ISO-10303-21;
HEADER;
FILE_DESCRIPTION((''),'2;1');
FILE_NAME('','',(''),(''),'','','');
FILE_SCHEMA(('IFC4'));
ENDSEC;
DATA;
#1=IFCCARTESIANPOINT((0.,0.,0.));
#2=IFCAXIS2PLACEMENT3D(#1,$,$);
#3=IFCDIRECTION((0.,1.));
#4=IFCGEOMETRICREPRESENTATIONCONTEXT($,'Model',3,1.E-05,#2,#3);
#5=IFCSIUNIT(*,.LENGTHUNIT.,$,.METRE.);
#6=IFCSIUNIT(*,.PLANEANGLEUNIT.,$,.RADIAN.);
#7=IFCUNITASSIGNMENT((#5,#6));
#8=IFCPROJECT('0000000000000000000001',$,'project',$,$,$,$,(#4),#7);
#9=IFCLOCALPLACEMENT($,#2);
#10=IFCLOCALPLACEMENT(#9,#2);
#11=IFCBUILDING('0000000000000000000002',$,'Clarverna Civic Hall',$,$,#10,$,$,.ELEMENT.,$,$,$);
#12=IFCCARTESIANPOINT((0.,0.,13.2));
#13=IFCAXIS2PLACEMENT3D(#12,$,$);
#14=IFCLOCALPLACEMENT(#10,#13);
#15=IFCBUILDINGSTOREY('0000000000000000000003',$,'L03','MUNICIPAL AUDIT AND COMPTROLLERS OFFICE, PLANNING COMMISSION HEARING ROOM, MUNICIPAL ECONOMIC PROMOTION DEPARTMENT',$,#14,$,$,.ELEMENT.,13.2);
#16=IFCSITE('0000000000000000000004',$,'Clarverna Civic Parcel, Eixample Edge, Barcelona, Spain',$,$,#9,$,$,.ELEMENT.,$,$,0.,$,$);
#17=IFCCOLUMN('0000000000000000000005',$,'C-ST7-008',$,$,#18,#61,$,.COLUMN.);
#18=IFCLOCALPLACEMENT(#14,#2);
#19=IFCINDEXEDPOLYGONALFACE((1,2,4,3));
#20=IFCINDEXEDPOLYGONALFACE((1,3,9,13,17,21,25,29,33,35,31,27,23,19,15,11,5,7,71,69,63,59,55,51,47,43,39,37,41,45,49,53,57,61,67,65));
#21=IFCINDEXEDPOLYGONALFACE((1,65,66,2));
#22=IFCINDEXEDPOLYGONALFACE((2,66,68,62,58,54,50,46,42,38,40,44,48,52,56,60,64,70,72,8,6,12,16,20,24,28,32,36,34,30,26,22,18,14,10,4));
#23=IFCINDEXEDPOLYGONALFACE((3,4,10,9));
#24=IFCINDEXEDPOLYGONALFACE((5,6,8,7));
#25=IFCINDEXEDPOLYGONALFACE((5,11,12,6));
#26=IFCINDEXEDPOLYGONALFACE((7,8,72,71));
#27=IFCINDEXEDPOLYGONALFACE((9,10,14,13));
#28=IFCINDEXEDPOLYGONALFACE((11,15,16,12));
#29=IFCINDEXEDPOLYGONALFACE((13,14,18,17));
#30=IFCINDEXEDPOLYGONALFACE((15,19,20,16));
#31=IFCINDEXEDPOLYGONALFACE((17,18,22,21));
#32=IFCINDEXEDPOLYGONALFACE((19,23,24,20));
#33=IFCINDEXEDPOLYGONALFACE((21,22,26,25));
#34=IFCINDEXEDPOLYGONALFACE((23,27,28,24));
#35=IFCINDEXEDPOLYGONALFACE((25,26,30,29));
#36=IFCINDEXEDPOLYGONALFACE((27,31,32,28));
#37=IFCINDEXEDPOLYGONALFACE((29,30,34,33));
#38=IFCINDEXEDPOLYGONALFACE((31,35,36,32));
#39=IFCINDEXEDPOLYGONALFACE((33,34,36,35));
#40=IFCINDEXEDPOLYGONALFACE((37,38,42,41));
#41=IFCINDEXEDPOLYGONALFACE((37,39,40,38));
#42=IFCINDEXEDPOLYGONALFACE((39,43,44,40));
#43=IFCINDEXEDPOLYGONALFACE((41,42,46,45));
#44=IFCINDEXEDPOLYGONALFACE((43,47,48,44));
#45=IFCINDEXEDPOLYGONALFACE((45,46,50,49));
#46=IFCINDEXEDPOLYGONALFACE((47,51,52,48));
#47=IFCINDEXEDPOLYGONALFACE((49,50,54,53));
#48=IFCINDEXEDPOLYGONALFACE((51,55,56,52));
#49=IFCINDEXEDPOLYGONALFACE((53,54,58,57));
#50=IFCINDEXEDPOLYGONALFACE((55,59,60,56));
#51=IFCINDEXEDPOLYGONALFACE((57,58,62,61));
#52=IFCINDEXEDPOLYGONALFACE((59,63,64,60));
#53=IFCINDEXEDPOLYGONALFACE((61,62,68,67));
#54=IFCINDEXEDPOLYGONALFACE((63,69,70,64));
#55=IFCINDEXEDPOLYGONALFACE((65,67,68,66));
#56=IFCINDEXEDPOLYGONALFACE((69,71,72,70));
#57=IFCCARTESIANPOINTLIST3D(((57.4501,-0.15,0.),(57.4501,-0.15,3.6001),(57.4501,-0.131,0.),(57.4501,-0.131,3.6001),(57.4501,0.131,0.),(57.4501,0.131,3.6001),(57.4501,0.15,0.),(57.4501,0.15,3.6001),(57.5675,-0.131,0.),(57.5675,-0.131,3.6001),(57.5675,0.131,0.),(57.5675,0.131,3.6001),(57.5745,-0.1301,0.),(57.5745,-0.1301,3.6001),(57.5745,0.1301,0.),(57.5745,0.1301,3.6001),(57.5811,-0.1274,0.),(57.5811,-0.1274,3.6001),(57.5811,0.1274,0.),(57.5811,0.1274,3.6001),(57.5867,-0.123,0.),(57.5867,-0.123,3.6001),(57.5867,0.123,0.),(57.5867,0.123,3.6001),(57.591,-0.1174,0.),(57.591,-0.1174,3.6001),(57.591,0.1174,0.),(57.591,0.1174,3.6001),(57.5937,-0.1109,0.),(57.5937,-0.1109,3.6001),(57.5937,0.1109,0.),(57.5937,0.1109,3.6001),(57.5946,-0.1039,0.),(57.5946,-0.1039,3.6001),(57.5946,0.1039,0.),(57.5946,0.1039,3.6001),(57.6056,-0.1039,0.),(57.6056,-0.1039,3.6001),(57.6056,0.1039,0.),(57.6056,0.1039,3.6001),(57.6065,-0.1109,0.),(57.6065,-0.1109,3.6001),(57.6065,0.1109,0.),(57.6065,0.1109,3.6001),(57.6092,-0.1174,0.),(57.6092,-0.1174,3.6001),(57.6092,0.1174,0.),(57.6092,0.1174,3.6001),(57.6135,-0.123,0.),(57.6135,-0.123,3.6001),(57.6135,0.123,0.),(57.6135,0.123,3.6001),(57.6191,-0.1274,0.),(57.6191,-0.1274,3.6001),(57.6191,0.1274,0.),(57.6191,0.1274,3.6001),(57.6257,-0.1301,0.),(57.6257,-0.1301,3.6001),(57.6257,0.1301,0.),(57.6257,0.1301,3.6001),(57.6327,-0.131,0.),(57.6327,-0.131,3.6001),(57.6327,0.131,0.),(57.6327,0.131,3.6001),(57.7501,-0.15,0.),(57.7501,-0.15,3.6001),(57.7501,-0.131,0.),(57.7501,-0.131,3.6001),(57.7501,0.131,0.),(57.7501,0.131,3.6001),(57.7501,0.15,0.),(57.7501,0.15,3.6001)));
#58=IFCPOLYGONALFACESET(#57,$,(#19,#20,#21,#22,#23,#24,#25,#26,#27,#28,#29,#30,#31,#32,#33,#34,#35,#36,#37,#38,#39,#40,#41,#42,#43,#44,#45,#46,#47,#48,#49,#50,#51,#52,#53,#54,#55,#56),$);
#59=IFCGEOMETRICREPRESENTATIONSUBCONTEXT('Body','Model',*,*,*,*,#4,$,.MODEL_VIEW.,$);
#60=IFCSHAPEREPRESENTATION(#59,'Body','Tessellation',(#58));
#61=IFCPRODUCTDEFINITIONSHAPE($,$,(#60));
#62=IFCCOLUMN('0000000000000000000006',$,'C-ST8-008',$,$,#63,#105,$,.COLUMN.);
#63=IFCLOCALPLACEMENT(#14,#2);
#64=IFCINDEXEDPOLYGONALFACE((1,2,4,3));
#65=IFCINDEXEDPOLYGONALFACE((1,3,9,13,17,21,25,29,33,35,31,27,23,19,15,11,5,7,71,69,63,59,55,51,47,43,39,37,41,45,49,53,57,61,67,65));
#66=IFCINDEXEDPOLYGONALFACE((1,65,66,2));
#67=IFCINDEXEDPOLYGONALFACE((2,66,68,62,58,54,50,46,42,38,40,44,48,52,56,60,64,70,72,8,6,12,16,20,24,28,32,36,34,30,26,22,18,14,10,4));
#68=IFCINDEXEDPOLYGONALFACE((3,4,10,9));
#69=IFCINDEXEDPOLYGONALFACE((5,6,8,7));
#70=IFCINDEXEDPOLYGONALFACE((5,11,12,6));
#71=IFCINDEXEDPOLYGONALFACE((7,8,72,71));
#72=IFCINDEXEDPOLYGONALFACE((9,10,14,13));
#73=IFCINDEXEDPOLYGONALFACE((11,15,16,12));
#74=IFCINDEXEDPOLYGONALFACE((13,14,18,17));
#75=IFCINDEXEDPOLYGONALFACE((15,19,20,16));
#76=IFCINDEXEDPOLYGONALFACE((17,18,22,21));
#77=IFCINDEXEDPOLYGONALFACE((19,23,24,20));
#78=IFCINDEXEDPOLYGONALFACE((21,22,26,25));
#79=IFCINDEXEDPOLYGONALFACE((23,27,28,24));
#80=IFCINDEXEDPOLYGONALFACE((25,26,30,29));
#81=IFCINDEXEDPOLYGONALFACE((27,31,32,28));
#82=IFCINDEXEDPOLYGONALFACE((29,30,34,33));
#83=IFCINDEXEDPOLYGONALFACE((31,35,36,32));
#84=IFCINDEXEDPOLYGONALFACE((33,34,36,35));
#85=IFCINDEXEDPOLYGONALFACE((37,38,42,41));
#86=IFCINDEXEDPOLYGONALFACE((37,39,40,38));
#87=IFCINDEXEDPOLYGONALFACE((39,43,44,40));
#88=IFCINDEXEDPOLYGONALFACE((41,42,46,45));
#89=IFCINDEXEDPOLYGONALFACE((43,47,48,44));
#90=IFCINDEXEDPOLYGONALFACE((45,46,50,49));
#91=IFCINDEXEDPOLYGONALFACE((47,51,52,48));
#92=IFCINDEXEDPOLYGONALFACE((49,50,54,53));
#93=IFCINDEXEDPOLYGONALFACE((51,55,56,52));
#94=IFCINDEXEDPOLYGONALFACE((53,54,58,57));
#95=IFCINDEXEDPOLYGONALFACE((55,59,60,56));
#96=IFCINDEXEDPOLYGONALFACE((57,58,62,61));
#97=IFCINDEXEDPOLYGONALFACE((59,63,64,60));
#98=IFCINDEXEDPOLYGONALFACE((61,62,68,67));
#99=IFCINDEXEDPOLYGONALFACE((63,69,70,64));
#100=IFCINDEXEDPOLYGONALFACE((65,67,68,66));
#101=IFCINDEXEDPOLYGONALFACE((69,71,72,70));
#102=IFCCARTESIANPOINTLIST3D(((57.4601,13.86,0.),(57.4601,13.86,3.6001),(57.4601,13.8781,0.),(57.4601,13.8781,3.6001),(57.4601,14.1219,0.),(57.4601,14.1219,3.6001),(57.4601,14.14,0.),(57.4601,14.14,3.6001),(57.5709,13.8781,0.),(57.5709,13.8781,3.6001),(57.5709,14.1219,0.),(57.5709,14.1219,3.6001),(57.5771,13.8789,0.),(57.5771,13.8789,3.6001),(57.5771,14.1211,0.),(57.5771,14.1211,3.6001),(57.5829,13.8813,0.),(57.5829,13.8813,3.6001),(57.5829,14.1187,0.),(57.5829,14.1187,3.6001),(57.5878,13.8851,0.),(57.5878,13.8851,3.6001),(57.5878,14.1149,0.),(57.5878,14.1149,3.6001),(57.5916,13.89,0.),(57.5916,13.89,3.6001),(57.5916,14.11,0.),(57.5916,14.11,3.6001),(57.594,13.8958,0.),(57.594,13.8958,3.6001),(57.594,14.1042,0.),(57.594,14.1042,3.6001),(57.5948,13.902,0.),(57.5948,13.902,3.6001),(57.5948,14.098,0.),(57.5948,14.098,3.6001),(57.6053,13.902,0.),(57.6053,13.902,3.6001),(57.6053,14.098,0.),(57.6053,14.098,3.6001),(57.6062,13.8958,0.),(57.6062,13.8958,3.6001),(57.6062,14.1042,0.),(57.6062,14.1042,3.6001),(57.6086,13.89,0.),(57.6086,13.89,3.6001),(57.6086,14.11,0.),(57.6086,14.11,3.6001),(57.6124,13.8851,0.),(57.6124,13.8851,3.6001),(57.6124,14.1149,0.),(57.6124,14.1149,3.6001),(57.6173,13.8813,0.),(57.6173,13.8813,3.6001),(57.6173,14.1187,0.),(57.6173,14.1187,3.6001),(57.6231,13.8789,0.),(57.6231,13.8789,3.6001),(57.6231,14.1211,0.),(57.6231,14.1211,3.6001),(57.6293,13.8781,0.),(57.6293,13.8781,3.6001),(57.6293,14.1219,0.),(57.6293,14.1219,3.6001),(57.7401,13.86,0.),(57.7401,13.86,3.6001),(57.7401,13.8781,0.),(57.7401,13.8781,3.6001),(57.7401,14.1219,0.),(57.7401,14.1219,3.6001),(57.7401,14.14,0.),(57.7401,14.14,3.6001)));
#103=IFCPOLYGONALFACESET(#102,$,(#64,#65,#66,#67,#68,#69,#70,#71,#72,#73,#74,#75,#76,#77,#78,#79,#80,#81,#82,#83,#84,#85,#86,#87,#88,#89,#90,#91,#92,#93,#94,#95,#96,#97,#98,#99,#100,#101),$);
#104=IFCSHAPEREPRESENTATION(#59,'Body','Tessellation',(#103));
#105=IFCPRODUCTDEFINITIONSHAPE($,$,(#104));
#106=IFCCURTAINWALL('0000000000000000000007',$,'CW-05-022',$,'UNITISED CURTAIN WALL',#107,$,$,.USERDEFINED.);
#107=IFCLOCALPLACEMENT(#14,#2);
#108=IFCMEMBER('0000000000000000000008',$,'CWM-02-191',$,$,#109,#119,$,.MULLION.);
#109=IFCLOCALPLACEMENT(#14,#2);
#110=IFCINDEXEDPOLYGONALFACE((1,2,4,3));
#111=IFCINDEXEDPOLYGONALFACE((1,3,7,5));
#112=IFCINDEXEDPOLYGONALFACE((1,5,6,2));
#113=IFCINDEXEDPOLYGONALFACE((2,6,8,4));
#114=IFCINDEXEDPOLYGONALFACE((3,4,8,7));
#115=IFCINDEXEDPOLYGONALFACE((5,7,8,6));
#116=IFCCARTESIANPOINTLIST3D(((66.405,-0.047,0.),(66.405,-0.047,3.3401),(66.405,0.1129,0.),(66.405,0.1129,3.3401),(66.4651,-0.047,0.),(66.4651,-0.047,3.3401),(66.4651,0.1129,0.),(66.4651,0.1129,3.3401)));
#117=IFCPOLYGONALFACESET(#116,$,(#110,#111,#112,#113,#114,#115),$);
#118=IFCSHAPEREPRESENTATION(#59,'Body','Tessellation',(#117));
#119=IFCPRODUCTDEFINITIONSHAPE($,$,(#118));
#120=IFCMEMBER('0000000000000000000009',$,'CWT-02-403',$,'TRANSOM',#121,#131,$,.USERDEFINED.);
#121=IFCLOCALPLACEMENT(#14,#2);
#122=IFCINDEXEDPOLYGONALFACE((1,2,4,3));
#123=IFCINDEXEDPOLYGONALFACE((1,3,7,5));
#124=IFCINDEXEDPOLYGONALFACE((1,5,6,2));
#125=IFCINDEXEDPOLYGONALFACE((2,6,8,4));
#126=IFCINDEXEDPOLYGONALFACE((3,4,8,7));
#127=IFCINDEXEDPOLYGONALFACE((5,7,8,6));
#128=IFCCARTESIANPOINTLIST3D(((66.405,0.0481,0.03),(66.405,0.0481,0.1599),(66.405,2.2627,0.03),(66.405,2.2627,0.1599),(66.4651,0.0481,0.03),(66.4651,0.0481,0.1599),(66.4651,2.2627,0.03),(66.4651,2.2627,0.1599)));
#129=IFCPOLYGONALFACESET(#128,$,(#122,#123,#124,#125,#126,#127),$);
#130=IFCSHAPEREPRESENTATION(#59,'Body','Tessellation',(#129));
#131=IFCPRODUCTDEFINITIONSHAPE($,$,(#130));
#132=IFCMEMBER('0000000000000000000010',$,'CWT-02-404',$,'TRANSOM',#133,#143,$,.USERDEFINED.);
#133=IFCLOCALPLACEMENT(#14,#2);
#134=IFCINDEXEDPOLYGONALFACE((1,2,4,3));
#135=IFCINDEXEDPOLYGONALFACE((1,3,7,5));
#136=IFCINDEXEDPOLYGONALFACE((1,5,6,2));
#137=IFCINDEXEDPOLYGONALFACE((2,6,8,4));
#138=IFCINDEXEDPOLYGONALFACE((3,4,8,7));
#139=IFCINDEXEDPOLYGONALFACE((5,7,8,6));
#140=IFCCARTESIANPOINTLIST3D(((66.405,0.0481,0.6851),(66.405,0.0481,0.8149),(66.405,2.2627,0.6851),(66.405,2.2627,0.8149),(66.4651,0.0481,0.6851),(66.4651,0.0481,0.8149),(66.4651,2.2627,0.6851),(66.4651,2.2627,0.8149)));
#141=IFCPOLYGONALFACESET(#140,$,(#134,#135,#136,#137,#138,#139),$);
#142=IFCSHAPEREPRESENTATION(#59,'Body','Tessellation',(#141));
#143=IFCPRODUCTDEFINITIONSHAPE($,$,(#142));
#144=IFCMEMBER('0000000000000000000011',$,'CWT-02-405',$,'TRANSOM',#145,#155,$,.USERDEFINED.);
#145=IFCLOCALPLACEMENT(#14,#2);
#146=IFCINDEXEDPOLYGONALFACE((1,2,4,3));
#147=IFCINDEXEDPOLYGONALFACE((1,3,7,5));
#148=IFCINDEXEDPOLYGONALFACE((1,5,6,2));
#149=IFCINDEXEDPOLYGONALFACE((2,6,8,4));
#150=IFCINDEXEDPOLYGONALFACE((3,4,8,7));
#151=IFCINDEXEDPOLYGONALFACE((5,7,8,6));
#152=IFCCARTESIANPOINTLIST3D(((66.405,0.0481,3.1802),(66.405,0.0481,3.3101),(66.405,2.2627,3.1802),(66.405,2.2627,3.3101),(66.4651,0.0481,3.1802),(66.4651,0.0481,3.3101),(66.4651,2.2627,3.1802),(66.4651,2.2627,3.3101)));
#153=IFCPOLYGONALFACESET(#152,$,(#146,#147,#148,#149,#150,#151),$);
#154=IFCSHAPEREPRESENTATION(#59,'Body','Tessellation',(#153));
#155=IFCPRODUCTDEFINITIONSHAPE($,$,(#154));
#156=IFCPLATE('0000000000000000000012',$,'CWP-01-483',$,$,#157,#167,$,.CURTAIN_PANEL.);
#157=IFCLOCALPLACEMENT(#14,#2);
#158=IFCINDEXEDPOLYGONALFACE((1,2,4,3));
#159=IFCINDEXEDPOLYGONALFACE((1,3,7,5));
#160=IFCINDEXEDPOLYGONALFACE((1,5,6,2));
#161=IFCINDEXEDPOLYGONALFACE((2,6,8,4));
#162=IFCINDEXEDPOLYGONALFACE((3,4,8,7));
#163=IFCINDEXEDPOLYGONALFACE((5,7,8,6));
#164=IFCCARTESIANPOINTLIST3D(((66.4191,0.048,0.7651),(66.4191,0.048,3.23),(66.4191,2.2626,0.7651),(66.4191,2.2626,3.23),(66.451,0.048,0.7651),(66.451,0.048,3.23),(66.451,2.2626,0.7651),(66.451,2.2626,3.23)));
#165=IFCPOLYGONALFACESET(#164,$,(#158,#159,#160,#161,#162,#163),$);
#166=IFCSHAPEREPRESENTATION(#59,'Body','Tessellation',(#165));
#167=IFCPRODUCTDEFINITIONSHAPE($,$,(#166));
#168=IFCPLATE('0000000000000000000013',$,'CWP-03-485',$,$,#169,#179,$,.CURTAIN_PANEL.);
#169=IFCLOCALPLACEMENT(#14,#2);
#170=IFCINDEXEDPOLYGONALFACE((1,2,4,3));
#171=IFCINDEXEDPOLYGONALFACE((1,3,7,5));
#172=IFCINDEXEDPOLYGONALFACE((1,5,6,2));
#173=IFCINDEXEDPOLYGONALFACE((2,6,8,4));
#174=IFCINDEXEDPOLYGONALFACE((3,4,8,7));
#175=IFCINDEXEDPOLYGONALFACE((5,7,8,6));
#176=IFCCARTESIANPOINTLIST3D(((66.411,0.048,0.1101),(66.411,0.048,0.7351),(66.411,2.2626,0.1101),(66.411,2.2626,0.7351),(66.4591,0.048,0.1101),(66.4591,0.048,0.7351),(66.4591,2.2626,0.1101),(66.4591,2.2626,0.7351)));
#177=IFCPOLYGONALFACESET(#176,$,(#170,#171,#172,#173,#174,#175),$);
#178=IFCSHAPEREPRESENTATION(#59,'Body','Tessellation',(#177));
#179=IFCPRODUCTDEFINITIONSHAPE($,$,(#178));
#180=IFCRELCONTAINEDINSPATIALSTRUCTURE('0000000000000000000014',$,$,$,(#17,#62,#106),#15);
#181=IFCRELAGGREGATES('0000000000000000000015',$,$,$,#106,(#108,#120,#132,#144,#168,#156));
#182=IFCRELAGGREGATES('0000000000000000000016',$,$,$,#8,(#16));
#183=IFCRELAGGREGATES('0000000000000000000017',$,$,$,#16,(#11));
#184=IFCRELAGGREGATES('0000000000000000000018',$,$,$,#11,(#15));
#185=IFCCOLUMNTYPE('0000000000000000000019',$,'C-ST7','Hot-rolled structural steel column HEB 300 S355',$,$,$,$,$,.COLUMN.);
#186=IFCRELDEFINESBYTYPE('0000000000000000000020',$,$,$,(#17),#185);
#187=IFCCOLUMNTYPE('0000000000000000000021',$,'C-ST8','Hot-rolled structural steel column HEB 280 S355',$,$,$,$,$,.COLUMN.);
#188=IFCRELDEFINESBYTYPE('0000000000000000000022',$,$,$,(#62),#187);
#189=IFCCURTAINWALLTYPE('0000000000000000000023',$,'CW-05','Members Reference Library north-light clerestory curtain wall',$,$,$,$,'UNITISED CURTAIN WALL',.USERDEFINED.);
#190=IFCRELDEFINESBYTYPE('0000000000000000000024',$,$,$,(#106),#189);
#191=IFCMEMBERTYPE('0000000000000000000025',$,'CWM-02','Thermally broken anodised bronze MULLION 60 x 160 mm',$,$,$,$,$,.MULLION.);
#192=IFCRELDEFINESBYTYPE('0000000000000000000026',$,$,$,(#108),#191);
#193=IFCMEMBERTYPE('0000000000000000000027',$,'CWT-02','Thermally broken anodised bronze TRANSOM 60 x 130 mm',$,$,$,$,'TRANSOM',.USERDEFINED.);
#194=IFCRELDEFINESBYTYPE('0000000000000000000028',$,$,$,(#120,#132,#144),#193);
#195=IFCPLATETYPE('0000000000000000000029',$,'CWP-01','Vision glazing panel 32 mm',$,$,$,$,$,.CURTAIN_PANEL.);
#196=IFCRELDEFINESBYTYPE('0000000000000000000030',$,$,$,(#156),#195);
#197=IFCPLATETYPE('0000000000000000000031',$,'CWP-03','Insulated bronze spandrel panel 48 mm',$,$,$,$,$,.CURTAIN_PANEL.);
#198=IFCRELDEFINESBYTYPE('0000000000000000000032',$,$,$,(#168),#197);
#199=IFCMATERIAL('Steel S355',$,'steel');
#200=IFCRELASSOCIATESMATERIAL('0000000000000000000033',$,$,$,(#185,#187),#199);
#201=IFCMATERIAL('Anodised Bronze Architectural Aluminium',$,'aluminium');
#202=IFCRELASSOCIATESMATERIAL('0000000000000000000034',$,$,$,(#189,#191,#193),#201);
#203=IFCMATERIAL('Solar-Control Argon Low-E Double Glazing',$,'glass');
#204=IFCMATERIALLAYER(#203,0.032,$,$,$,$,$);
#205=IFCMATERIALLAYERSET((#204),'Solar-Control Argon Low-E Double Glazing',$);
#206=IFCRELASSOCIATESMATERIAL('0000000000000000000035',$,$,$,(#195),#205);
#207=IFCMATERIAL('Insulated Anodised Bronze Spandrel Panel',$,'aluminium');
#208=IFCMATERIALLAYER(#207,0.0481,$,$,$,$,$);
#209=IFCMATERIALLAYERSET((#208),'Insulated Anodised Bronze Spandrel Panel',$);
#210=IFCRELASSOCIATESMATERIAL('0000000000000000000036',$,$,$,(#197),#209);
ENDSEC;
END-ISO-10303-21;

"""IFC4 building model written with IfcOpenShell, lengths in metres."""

from ifc_helpers import new_model, si_unit, direction, frame, frame_2d, origin, origin_2d, place, context, subcontext, project, spatial, rectangle, i_section, extrude, material, layer, layer_set, material_profile, profile_set, type_object, element, aggregate, save


model = new_model("IFC4")

# Units and contexts
model_context = context("Model", 3, precision=1e-05, world=origin(), true_north=direction((0.0, 1.0)))
body_context = subcontext(model_context, "Body", "Model", "MODEL_VIEW")
ifc_project = project(units=[si_unit("LENGTHUNIT", "METRE"), si_unit("PLANEANGLEUNIT", "RADIAN")], contexts=[model_context])

# Site, building, storey
site_placement = place(None, origin())
site = spatial("IfcSite", under=ifc_project, at=site_placement, Name="Clarverna Civic Parcel, Eixample Edge, Barcelona, Spain", CompositionType="ELEMENT", RefElevation=0.0)
building_placement = place(site_placement, origin())
building = spatial("IfcBuilding", under=site, at=building_placement, Name="Clarverna Civic Hall", CompositionType="ELEMENT")
storey_placement = place(building_placement, frame((0.0, 0.0, 13.2)))
storey = spatial("IfcBuildingStorey", under=building, at=storey_placement, Name="L03", Description="MUNICIPAL AUDIT AND COMPTROLLERS OFFICE, PLANNING COMMISSION HEARING ROOM, MUNICIPAL ECONOMIC PROMOTION DEPARTMENT", CompositionType="ELEMENT", Elevation=13.2)

# Columns
ifc_material_1 = material(Name="Steel S355", Category="steel")
ifc_material_profile_1 = material_profile(ifc_material_1, i_section(OverallWidth=0.3, OverallDepth=0.3, WebThickness=0.011, FlangeThickness=0.019, FilletRadius=0.0271, at=origin_2d()), Name="HEB 300")
ifc_profile_set_1 = profile_set([ifc_material_profile_1], Name="Steel S355")
column_type_1 = type_object("IfcColumnType", Name="C-ST7", Description="Hot-rolled structural steel column HEB 300 S355", PredefinedType="COLUMN", material=ifc_profile_set_1)
column_1_placement = place(storey_placement, frame((57.6001, 0.0, 0.0), z_axis=(0.0, 0.0, 1.0), x_axis=(1.0, 0.0, 0.0)))
element("IfcColumn", 1, at=column_1_placement, inside=storey, type_object=column_type_1, Name="C-ST7-008", PredefinedType="COLUMN", context=body_context, shape_type="SweptSolid", body=[
    extrude(i_section(OverallWidth=0.3, OverallDepth=0.3, WebThickness=0.011, FlangeThickness=0.019, FilletRadius=0.0271, at=origin_2d()), origin(), (0.0, 0.0, 1.0), 3.6001),
])
ifc_material_profile_2 = material_profile(ifc_material_1, i_section(OverallWidth=0.28, OverallDepth=0.28, WebThickness=0.0105, FlangeThickness=0.0181, FilletRadius=0.0239, at=origin_2d()), Name="HEB 280")
ifc_profile_set_2 = profile_set([ifc_material_profile_2], Name="Steel S355")
column_type_2 = type_object("IfcColumnType", Name="C-ST8", Description="Hot-rolled structural steel column HEB 280 S355", PredefinedType="COLUMN", material=ifc_profile_set_2)
column_2_placement = place(storey_placement, frame((57.6001, 14.0, 0.0), z_axis=(0.0, 0.0, 1.0), x_axis=(1.0, 0.0, 0.0)))
element("IfcColumn", 2, at=column_2_placement, inside=storey, type_object=column_type_2, Name="C-ST8-008", PredefinedType="COLUMN", context=body_context, shape_type="SweptSolid", body=[
    extrude(i_section(OverallWidth=0.28, OverallDepth=0.28, WebThickness=0.0105, FlangeThickness=0.0181, FilletRadius=0.0239, at=origin_2d()), origin(), (0.0, 0.0, 1.0), 3.6001),
])

# Curtain wall, members, plates
ifc_material_2 = material(Name="Anodised Bronze Architectural Aluminium", Category="aluminium")
curtain_wall_type = type_object("IfcCurtainWallType", Name="CW-05", Description="Members Reference Library north-light clerestory curtain wall", ElementType="UNITISED CURTAIN WALL", PredefinedType="USERDEFINED", material=ifc_material_2)
curtain_wall_placement = place(storey_placement, origin())
curtain_wall = element("IfcCurtainWall", 3, at=curtain_wall_placement, inside=storey, type_object=curtain_wall_type, Name="CW-05-022", ObjectType="UNITISED CURTAIN WALL", PredefinedType="USERDEFINED")
ifc_material_profile_3 = material_profile(ifc_material_2, rectangle(XDim=0.0601, YDim=0.1599, at=origin_2d()), Name="BRONZE 60x160")
ifc_profile_set_3 = profile_set([ifc_material_profile_3], Name="Anodised Bronze Architectural Aluminium")
member_type_1 = type_object("IfcMemberType", Name="CWM-02", Description="Thermally broken anodised bronze MULLION 60 x 160 mm", PredefinedType="MULLION", material=ifc_profile_set_3)
member_1_placement = place(storey_placement, frame((66.4351, 0.033, 0.0), z_axis=(0.0, 0.0, 1.0), x_axis=(1.0, 0.0, 0.0)))
member_1 = element("IfcMember", 4, at=member_1_placement, type_object=member_type_1, Name="CWM-02-191", PredefinedType="MULLION", context=body_context, shape_type="SweptSolid", body=[
    extrude(rectangle(XDim=0.0601, YDim=0.1599, at=origin_2d()), origin(), (0.0, 0.0, 1.0), 3.3401),
])
ifc_material_profile_4 = material_profile(ifc_material_2, rectangle(XDim=0.0601, YDim=0.1299, at=origin_2d()), Name="BRONZE 60x130")
ifc_profile_set_4 = profile_set([ifc_material_profile_4], Name="Anodised Bronze Architectural Aluminium")
member_type_2 = type_object("IfcMemberType", Name="CWT-02", Description="Thermally broken anodised bronze TRANSOM 60 x 130 mm", ElementType="TRANSOM", PredefinedType="USERDEFINED", material=ifc_profile_set_4)
member_2_placement = place(storey_placement, frame((66.4351, 2.2627, 0.095), z_axis=(0.0, -1.0, 0.0), x_axis=(1.0, 0.0, 0.0)))
member_2 = element("IfcMember", 5, at=member_2_placement, type_object=member_type_2, Name="CWT-02-403", ObjectType="TRANSOM", PredefinedType="USERDEFINED", context=body_context, shape_type="SweptSolid", body=[
    extrude(rectangle(XDim=0.0601, YDim=0.1299, at=origin_2d()), origin(), (0.0, 0.0, 1.0), 2.2146),
])
member_3_placement = place(storey_placement, frame((66.4351, 2.2627, 0.75), z_axis=(0.0, -1.0, 0.0), x_axis=(1.0, 0.0, 0.0)))
member_3 = element("IfcMember", 6, at=member_3_placement, type_object=member_type_2, Name="CWT-02-404", ObjectType="TRANSOM", PredefinedType="USERDEFINED", context=body_context, shape_type="SweptSolid", body=[
    extrude(rectangle(XDim=0.0601, YDim=0.1299, at=origin_2d()), origin(), (0.0, 0.0, 1.0), 2.2146),
])
member_4_placement = place(storey_placement, frame((66.4351, 2.2627, 3.2451), z_axis=(0.0, -1.0, 0.0), x_axis=(1.0, 0.0, 0.0)))
member_4 = element("IfcMember", 7, at=member_4_placement, type_object=member_type_2, Name="CWT-02-405", ObjectType="TRANSOM", PredefinedType="USERDEFINED", context=body_context, shape_type="SweptSolid", body=[
    extrude(rectangle(XDim=0.0601, YDim=0.1299, at=origin_2d()), origin(), (0.0, 0.0, 1.0), 2.2146),
])
ifc_material_3 = material(Name="Solar-Control Argon Low-E Double Glazing", Category="glass")
ifc_layer_1 = layer(ifc_material_3, 0.032)
ifc_layer_set_1 = layer_set([ifc_layer_1], Name="Solar-Control Argon Low-E Double Glazing")
plate_type_1 = type_object("IfcPlateType", Name="CWP-01", Description="Vision glazing panel 32 mm", PredefinedType="CURTAIN_PANEL", material=ifc_layer_set_1)
plate_1_placement = place(storey_placement, frame((66.4351, 2.2627, 0.7651), z_axis=(0.0, 0.0, 1.0), x_axis=(0.0, -1.0, 0.0)))
plate_1 = element("IfcPlate", 8, at=plate_1_placement, type_object=plate_type_1, Name="CWP-01-483", PredefinedType="CURTAIN_PANEL", context=body_context, shape_type="SweptSolid", body=[
    extrude(rectangle(XDim=2.2146, YDim=0.032, at=frame_2d((1.1074, 0.0))), origin(), (0.0, 0.0, 1.0), 2.4648),
])
ifc_material_4 = material(Name="Insulated Anodised Bronze Spandrel Panel", Category="aluminium")
ifc_layer_2 = layer(ifc_material_4, 0.0481)
ifc_layer_set_2 = layer_set([ifc_layer_2], Name="Insulated Anodised Bronze Spandrel Panel")
plate_type_2 = type_object("IfcPlateType", Name="CWP-03", Description="Insulated bronze spandrel panel 48 mm", PredefinedType="CURTAIN_PANEL", material=ifc_layer_set_2)
plate_2_placement = place(storey_placement, frame((66.4351, 2.2627, 0.1101), z_axis=(0.0, 0.0, 1.0), x_axis=(0.0, -1.0, 0.0)))
plate_2 = element("IfcPlate", 9, at=plate_2_placement, type_object=plate_type_2, Name="CWP-03-485", PredefinedType="CURTAIN_PANEL", context=body_context, shape_type="SweptSolid", body=[
    extrude(rectangle(XDim=2.2146, YDim=0.0481, at=frame_2d((1.1074, 0.0))), origin(), (0.0, 0.0, 1.0), 0.625),
])
aggregate(curtain_wall, [member_1, member_2, member_3, member_4, plate_2, plate_1])

save(model, "model.ifc")
